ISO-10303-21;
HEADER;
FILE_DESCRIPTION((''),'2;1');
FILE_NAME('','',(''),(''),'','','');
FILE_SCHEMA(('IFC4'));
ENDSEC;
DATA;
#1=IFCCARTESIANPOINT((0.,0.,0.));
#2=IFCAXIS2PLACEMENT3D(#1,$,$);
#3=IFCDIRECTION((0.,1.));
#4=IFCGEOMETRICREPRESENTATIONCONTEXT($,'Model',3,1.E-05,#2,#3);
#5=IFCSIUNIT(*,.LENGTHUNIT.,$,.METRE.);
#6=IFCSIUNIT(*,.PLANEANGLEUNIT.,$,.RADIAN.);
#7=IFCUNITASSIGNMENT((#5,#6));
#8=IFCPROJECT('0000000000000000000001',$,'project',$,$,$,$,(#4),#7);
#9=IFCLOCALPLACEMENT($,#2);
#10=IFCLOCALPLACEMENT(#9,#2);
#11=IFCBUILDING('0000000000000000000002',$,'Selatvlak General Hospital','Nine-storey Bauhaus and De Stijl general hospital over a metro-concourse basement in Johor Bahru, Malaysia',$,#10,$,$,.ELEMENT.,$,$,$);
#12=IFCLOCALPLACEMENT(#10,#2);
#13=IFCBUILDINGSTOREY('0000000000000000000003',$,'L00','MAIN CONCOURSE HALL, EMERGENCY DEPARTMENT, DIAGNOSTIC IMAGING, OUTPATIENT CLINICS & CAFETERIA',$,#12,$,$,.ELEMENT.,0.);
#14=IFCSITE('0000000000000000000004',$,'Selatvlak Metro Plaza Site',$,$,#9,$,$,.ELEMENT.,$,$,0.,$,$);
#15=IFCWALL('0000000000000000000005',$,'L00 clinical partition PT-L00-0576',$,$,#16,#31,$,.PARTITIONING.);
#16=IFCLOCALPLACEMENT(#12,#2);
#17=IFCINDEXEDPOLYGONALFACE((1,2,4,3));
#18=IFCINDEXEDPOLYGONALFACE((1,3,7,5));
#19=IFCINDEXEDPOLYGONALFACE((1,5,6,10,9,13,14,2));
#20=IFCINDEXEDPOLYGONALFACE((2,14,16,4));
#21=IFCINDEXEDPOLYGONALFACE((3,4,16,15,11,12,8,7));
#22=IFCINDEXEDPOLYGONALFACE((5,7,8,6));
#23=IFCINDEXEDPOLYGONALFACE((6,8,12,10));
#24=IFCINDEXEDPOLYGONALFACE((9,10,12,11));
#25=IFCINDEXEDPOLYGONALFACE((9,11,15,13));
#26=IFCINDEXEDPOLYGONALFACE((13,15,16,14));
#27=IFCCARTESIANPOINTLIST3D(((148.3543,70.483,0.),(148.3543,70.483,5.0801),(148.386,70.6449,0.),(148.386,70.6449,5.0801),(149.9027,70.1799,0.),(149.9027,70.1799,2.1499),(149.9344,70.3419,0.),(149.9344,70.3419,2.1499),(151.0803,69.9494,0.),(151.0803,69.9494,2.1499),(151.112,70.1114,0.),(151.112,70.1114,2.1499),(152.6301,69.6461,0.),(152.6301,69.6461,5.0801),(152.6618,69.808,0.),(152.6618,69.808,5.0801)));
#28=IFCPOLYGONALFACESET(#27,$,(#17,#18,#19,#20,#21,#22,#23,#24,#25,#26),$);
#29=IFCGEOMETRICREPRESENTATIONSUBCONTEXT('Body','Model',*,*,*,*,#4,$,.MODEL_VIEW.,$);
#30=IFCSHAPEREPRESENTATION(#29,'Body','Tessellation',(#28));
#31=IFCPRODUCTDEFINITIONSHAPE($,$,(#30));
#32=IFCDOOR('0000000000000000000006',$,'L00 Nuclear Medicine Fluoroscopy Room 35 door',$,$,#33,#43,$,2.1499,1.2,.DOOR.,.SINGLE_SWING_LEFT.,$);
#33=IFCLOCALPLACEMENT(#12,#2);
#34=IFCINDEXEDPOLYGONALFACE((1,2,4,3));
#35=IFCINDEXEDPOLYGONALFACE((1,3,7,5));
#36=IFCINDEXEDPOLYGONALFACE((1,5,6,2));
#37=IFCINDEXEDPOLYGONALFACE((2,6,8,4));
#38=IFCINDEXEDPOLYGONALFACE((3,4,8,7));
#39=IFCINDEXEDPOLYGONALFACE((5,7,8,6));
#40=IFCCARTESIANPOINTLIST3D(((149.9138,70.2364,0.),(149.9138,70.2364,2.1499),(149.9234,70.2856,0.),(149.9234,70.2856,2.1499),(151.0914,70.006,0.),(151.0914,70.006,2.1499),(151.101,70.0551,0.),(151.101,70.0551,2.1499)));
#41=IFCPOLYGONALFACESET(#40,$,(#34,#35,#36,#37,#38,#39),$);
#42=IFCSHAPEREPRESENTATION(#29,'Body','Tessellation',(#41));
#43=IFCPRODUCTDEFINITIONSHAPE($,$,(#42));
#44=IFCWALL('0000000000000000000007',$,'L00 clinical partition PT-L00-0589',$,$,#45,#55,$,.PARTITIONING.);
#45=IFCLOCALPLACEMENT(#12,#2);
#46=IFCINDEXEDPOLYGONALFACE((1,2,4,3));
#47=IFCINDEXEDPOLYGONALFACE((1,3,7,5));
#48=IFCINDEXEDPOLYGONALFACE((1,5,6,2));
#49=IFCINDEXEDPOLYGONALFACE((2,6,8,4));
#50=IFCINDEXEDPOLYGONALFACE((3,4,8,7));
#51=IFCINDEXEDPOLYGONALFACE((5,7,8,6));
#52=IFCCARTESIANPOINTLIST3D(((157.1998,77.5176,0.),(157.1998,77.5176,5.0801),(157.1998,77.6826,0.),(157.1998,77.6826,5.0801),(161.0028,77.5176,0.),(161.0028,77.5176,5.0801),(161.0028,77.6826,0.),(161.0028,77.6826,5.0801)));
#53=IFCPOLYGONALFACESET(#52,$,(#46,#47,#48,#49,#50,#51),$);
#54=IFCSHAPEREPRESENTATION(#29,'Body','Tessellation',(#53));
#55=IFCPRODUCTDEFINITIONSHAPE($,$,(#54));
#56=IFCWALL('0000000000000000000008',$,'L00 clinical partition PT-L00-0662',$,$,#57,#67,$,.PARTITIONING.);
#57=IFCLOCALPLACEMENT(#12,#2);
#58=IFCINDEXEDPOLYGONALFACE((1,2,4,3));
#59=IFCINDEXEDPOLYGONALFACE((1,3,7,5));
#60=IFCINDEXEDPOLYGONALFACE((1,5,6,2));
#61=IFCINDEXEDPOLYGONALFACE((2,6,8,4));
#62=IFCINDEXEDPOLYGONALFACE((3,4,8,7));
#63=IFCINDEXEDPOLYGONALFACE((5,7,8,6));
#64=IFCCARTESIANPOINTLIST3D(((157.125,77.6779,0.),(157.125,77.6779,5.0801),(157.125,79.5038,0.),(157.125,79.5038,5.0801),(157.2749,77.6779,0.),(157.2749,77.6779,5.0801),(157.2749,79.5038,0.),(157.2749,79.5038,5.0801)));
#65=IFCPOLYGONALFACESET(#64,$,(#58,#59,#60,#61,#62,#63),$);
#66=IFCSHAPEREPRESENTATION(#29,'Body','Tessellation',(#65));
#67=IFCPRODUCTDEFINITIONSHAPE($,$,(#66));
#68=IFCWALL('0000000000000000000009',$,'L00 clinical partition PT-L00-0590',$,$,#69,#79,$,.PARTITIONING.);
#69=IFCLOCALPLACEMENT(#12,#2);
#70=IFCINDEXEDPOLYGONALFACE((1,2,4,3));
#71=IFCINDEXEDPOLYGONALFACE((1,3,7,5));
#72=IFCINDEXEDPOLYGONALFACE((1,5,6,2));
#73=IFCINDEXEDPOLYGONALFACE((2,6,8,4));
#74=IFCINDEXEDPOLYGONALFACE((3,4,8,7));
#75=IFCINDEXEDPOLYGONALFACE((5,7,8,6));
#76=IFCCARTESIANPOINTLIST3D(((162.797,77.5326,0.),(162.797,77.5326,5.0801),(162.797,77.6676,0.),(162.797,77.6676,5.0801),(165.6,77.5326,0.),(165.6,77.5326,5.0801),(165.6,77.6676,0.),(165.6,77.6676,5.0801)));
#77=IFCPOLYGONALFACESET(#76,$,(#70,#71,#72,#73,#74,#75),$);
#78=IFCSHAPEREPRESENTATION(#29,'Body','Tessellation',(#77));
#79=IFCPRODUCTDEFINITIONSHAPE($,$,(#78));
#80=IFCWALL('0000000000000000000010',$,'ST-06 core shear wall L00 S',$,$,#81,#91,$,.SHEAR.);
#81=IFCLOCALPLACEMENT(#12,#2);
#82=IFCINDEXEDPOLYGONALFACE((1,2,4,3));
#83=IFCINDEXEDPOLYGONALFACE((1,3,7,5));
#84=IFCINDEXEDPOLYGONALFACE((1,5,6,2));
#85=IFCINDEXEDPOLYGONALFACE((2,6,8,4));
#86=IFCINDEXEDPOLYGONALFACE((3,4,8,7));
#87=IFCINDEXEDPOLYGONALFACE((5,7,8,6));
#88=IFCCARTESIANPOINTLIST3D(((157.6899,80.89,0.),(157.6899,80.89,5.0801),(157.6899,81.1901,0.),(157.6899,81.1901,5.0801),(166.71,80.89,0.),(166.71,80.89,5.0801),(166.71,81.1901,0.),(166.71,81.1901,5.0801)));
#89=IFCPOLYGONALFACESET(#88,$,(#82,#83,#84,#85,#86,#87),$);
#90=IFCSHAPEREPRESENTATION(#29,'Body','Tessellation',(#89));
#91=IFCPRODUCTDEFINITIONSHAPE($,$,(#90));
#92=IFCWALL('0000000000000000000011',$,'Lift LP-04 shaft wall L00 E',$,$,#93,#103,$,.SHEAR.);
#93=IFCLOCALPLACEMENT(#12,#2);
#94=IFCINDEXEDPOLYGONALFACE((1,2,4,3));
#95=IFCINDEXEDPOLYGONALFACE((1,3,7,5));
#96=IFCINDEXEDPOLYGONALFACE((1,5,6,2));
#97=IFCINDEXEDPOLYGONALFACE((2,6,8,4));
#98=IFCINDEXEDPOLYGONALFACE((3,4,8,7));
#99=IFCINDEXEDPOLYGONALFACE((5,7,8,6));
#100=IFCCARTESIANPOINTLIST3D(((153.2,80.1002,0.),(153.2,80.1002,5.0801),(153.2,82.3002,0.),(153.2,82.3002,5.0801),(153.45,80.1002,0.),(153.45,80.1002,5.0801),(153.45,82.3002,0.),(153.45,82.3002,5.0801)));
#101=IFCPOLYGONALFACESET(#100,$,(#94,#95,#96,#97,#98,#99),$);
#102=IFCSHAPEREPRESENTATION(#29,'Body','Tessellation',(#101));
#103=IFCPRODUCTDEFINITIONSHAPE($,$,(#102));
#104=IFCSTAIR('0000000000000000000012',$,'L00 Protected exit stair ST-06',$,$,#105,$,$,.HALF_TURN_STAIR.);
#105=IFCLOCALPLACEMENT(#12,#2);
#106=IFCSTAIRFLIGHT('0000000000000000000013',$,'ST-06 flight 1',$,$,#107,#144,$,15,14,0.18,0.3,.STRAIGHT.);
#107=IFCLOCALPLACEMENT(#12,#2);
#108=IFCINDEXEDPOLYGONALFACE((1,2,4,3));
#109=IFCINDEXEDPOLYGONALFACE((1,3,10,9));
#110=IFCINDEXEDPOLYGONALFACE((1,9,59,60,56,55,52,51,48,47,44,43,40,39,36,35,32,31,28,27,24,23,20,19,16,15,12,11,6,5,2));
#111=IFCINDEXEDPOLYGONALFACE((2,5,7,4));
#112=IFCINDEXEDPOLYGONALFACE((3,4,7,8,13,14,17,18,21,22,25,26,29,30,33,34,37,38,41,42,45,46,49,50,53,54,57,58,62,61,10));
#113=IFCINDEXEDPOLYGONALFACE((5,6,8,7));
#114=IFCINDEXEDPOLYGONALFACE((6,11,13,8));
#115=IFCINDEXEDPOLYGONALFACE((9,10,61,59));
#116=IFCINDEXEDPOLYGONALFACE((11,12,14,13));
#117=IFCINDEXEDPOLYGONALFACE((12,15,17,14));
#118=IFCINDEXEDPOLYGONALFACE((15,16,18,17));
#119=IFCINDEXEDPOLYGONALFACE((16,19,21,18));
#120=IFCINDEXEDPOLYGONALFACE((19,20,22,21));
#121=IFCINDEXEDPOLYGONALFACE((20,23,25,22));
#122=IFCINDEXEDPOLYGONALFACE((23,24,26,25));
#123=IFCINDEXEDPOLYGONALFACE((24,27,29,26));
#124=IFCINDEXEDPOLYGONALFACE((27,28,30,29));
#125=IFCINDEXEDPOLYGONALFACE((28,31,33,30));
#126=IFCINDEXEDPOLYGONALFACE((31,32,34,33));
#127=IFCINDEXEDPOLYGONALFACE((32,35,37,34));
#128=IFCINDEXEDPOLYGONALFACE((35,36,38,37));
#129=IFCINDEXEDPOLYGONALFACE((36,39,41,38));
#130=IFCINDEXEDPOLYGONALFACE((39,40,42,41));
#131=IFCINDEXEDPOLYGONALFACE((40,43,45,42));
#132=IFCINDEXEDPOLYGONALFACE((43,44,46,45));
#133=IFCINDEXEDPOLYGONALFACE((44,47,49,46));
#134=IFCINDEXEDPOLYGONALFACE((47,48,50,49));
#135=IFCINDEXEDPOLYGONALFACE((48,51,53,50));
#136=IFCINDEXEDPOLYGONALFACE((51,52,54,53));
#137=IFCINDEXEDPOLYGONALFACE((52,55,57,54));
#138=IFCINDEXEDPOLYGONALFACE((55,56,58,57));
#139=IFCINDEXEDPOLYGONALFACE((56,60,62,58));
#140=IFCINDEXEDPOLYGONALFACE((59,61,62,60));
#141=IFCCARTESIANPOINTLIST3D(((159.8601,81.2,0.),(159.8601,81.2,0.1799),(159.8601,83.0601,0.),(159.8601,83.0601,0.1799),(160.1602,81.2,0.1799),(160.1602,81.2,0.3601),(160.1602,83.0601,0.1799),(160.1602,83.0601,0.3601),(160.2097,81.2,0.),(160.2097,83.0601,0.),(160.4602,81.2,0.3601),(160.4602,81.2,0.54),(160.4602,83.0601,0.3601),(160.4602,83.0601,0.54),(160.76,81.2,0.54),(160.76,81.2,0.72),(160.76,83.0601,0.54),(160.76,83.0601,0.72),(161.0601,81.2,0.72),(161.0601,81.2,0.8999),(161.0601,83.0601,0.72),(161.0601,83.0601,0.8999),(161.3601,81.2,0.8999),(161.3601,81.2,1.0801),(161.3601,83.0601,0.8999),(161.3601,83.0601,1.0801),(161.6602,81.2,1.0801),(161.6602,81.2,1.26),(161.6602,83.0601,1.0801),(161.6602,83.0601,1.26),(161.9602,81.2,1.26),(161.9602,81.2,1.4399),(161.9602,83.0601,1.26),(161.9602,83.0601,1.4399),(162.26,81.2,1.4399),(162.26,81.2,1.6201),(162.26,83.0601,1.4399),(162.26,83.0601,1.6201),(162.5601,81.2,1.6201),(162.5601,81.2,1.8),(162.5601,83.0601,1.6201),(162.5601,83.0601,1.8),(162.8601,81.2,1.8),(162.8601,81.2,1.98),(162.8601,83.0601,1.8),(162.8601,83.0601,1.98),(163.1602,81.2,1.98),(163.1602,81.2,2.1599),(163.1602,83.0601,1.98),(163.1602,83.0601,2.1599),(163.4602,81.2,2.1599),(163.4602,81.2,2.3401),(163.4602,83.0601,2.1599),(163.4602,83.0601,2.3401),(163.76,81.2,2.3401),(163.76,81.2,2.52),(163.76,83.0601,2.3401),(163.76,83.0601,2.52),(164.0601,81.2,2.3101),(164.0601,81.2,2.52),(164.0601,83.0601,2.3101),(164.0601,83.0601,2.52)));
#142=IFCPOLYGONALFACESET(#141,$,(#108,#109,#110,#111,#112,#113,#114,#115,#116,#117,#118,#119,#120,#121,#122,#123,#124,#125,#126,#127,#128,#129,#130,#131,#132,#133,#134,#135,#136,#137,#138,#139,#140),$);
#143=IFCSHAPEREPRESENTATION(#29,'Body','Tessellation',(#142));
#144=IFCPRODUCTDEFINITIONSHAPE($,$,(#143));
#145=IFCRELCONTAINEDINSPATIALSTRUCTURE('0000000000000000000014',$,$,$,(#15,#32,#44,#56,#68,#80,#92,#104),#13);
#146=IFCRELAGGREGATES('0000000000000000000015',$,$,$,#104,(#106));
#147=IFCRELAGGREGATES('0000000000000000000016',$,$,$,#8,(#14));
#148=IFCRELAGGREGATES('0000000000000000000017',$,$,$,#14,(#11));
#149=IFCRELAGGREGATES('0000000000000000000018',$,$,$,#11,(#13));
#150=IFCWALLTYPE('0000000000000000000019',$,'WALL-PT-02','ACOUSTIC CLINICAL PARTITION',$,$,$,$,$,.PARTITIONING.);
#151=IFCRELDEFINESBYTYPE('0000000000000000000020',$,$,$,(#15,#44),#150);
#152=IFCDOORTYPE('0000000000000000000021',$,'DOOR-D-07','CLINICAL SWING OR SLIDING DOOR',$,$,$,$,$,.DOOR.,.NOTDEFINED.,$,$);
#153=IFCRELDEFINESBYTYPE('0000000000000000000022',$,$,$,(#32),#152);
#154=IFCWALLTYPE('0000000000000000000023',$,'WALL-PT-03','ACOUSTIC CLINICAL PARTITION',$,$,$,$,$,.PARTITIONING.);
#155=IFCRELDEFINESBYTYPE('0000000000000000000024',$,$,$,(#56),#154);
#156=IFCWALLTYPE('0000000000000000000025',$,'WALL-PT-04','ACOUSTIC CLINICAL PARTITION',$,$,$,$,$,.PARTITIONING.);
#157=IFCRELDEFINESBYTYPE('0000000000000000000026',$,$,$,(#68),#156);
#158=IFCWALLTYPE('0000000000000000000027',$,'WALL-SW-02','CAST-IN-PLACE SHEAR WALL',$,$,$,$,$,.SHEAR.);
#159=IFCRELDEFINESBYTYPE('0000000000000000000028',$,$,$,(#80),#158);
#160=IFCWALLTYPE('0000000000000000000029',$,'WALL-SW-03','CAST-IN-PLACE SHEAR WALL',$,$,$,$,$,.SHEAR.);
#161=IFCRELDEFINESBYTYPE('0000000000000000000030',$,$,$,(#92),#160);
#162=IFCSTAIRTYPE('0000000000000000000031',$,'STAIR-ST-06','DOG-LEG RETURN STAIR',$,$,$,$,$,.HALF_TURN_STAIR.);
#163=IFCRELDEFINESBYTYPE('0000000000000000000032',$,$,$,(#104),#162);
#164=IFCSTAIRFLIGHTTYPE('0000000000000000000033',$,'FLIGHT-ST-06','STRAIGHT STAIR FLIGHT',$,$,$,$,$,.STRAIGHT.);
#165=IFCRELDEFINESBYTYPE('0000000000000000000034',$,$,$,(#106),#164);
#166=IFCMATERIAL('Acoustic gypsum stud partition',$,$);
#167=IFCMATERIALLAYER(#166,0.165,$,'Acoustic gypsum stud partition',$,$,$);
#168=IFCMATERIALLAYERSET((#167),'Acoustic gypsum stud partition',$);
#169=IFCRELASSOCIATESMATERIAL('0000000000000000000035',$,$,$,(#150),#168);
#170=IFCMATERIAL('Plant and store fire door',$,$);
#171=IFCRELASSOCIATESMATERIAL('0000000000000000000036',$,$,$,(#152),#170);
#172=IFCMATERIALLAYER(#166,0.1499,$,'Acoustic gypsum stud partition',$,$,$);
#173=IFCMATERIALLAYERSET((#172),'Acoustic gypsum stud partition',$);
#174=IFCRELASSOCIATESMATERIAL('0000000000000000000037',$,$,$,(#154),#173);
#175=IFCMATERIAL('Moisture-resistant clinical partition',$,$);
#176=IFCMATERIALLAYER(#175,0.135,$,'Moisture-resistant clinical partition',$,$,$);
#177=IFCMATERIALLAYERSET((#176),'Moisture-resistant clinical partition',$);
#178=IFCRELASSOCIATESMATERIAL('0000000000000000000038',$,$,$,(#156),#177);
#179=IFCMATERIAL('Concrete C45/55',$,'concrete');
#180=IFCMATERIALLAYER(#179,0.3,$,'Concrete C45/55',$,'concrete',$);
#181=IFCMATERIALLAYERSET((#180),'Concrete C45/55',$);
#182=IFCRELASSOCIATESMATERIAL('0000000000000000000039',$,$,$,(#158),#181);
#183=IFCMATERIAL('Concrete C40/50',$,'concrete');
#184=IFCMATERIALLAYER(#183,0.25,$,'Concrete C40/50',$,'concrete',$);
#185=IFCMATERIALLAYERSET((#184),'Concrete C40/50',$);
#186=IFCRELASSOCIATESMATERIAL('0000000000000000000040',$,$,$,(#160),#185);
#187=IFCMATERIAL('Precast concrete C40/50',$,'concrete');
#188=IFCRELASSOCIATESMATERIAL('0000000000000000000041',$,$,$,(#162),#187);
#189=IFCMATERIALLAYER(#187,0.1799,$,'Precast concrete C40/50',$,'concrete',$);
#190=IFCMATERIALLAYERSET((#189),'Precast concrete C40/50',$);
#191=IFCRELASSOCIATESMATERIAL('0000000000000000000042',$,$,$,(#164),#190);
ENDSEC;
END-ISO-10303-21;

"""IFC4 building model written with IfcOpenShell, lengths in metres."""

from ifc_helpers import new_model, si_unit, direction, frame, frame_2d, origin, place, context, subcontext, project, spatial, polyline, rectangle, outline, extrude, material, layer, layer_set, type_object, element, fill, aggregate, save


model = new_model("IFC4")

# Units and contexts
model_context = context("Model", 3, precision=1e-05, world=origin(), true_north=direction((0.0, 1.0)))
body_context = subcontext(model_context, "Body", "Model", "MODEL_VIEW")
ifc_project = project(units=[si_unit("LENGTHUNIT", "METRE"), si_unit("PLANEANGLEUNIT", "RADIAN")], contexts=[model_context])

# Site, building, storey
site_placement = place(None, origin())
site = spatial("IfcSite", under=ifc_project, at=site_placement, Name="Selatvlak Metro Plaza Site", CompositionType="ELEMENT", RefElevation=0.0)
building_placement = place(site_placement, origin())
building = spatial("IfcBuilding", under=site, at=building_placement, Name="Selatvlak General Hospital", Description="Nine-storey Bauhaus and De Stijl general hospital over a metro-concourse basement in Johor Bahru, Malaysia", CompositionType="ELEMENT")
storey_placement = place(building_placement, origin())
storey = spatial("IfcBuildingStorey", under=building, at=storey_placement, Name="L00", Description="MAIN CONCOURSE HALL, EMERGENCY DEPARTMENT, DIAGNOSTIC IMAGING, OUTPATIENT CLINICS & CAFETERIA", CompositionType="ELEMENT", Elevation=0.0)

# Shared definitions
ifc_material_1 = material(Name="Concrete C40/50", Category="concrete")

# Shared definitions
ifc_material_2 = material(Name="Acoustic gypsum stud partition")

# Wall, opening, door
ifc_layer_1 = layer(ifc_material_2, 0.165, Name="Acoustic gypsum stud partition")
ifc_layer_set_1 = layer_set([ifc_layer_1], Name="Acoustic gypsum stud partition")
wall_type_1 = type_object("IfcWallType", Name="WALL-PT-02", Description="ACOUSTIC CLINICAL PARTITION", PredefinedType="PARTITIONING", material=ifc_layer_set_1)
wall_1_placement = place(storey_placement, frame((152.646, 69.7271, 0.0), z_axis=(0.0, 0.0, 1.0), x_axis=(-0.981378, 0.192084, 0.0)))
wall_1 = element("IfcWall", 1, at=wall_1_placement, inside=storey, type_object=wall_type_1, Name="L00 clinical partition PT-L00-0576", PredefinedType="PARTITIONING", context=body_context, shape_type="SweptSolid", body=[
    extrude(rectangle(XDim=4.3569, YDim=0.165, at=frame_2d((2.1785, 0.0))), origin(), (0.0, 0.0, 1.0), 5.0801),
])
opening_1_placement = place(wall_1_placement, frame((1.5791, 0.0, 0.0)))
opening_1 = element("IfcOpeningElement", 2, at=opening_1_placement, cuts=wall_1, PredefinedType="OPENING", context=body_context, shape_type="SweptSolid", body=[
    extrude(rectangle(XDim=1.2, YDim=2.1499, at=frame_2d((0.6001, 1.075))), frame((0.0, 0.0925, 0.0), z_axis=(0.0, -1.0, 0.0), x_axis=(1.0, 0.0, 0.0)), (0.0, 0.0, 1.0), 0.1851),
])
ifc_material_3 = material(Name="Plant and store fire door")
door_type_1 = type_object("IfcDoorType", Name="DOOR-D-07", Description="CLINICAL SWING OR SLIDING DOOR", OperationType="NOTDEFINED", PredefinedType="DOOR", material=ifc_material_3)
door_1_placement = place(opening_1_placement, origin())
door_1 = element("IfcDoor", 3, at=door_1_placement, inside=storey, type_object=door_type_1, Name="L00 Nuclear Medicine Fluoroscopy Room 35 door", OperationType="SINGLE_SWING_LEFT", OverallHeight=2.1499, OverallWidth=1.2, PredefinedType="DOOR", context=body_context, shape_type="SweptSolid", body=[
    extrude(rectangle(XDim=1.2, YDim=2.1499, at=frame_2d((0.6001, 1.075))), frame((0.0, 0.0249, 0.0), z_axis=(0.0, -1.0, 0.0), x_axis=(1.0, 0.0, 0.0)), (0.0, 0.0, 1.0), 0.05),
])
fill(opening_1, door_1)

# Walls
wall_2_placement = place(storey_placement, frame((157.2, 77.6001, 0.0), z_axis=(0.0, 0.0, 1.0), x_axis=(1.0, 0.0, 0.0)))
element("IfcWall", 4, at=wall_2_placement, inside=storey, type_object=wall_type_1, Name="L00 clinical partition PT-L00-0589", PredefinedType="PARTITIONING", context=body_context, shape_type="SweptSolid", body=[
    extrude(rectangle(XDim=3.803, YDim=0.165, at=frame_2d((1.9014, 0.0))), origin(), (0.0, 0.0, 1.0), 5.0801),
])
ifc_layer_2 = layer(ifc_material_2, 0.1499, Name="Acoustic gypsum stud partition")
ifc_layer_set_2 = layer_set([ifc_layer_2], Name="Acoustic gypsum stud partition")
wall_type_2 = type_object("IfcWallType", Name="WALL-PT-03", Description="ACOUSTIC CLINICAL PARTITION", PredefinedType="PARTITIONING", material=ifc_layer_set_2)
wall_3_placement = place(storey_placement, frame((157.2, 79.5039, 0.0), z_axis=(0.0, 0.0, 1.0), x_axis=(0.0, -1.0, 0.0)))
element("IfcWall", 5, at=wall_3_placement, inside=storey, type_object=wall_type_2, Name="L00 clinical partition PT-L00-0662", PredefinedType="PARTITIONING", context=body_context, shape_type="SweptSolid", body=[
    extrude(rectangle(XDim=1.8259, YDim=0.1499, at=frame_2d((0.9131, 0.0))), origin(), (0.0, 0.0, 1.0), 5.0801),
])
ifc_material_4 = material(Name="Moisture-resistant clinical partition")
ifc_layer_3 = layer(ifc_material_4, 0.135, Name="Moisture-resistant clinical partition")
ifc_layer_set_3 = layer_set([ifc_layer_3], Name="Moisture-resistant clinical partition")
wall_type_3 = type_object("IfcWallType", Name="WALL-PT-04", Description="ACOUSTIC CLINICAL PARTITION", PredefinedType="PARTITIONING", material=ifc_layer_set_3)
wall_4_placement = place(storey_placement, frame((162.7971, 77.6001, 0.0), z_axis=(0.0, 0.0, 1.0), x_axis=(1.0, 0.0, 0.0)))
element("IfcWall", 6, at=wall_4_placement, inside=storey, type_object=wall_type_3, Name="L00 clinical partition PT-L00-0590", PredefinedType="PARTITIONING", context=body_context, shape_type="SweptSolid", body=[
    extrude(rectangle(XDim=2.803, YDim=0.135, at=frame_2d((1.4014, 0.0))), origin(), (0.0, 0.0, 1.0), 5.0801),
])
ifc_material_5 = material(Name="Concrete C45/55", Category="concrete")
ifc_layer_4 = layer(ifc_material_5, 0.3, Name="Concrete C45/55", Category="concrete")
ifc_layer_set_4 = layer_set([ifc_layer_4], Name="Concrete C45/55")
wall_type_4 = type_object("IfcWallType", Name="WALL-SW-02", Description="CAST-IN-PLACE SHEAR WALL", PredefinedType="SHEAR", material=ifc_layer_set_4)
wall_5_placement = place(storey_placement, frame((157.6899, 81.04, 0.0), z_axis=(0.0, 0.0, 1.0), x_axis=(1.0, 0.0, 0.0)))
element("IfcWall", 7, at=wall_5_placement, inside=storey, type_object=wall_type_4, Name="ST-06 core shear wall L00 S", PredefinedType="SHEAR", context=body_context, shape_type="SweptSolid", body=[
    extrude(rectangle(XDim=9.02, YDim=0.3, at=frame_2d((4.51, 0.0))), origin(), (0.0, 0.0, 1.0), 5.0801),
])
ifc_layer_5 = layer(ifc_material_1, 0.25, Name="Concrete C40/50", Category="concrete")
ifc_layer_set_5 = layer_set([ifc_layer_5], Name="Concrete C40/50")
wall_type_5 = type_object("IfcWallType", Name="WALL-SW-03", Description="CAST-IN-PLACE SHEAR WALL", PredefinedType="SHEAR", material=ifc_layer_set_5)
wall_6_placement = place(storey_placement, frame((153.325, 80.1001, 0.0), z_axis=(0.0, 0.0, 1.0), x_axis=(0.0, 1.0, 0.0)))
element("IfcWall", 8, at=wall_6_placement, inside=storey, type_object=wall_type_5, Name="Lift LP-04 shaft wall L00 E", PredefinedType="SHEAR", context=body_context, shape_type="SweptSolid", body=[
    extrude(rectangle(XDim=2.2, YDim=0.25, at=frame_2d((1.1001, 0.0))), origin(), (0.0, 0.0, 1.0), 5.0801),
])

# Stair, stair flight
ifc_material_6 = material(Name="Precast concrete C40/50", Category="concrete")
stair_type = type_object("IfcStairType", Name="STAIR-ST-06", Description="DOG-LEG RETURN STAIR", PredefinedType="HALF_TURN_STAIR", material=ifc_material_6)
stair_placement = place(storey_placement, origin())
stair = element("IfcStair", 9, at=stair_placement, inside=storey, type_object=stair_type, Name="L00 Protected exit stair ST-06", PredefinedType="HALF_TURN_STAIR")
ifc_layer_6 = layer(ifc_material_6, 0.1799, Name="Precast concrete C40/50", Category="concrete")
ifc_layer_set_6 = layer_set([ifc_layer_6], Name="Precast concrete C40/50")
stair_flight_type = type_object("IfcStairFlightType", Name="FLIGHT-ST-06", Description="STRAIGHT STAIR FLIGHT", PredefinedType="STRAIGHT", material=ifc_layer_set_6)
stair_flight_placement = place(storey_placement, frame((159.8601, 82.1299, 0.0), z_axis=(0.0, 0.0, 1.0), x_axis=(1.0, 0.0, 0.0)))
stair_flight = element("IfcStairFlight", 10, at=stair_flight_placement, type_object=stair_flight_type, Name="ST-06 flight 1", NumberOfRisers=15, NumberOfTreads=14, PredefinedType="STRAIGHT", RiserHeight=0.18, TreadLength=0.3, context=body_context, shape_type="SweptSolid", body=[
    extrude(outline(polyline([(0.0, 0.0), (0.0, 0.1799), (0.3, 0.1799), (0.3, 0.3601), (0.6001, 0.3601), (0.6001, 0.54), (0.8999, 0.54), (0.8999, 0.72), (1.2, 0.72), (1.2, 0.8999), (1.5, 0.8999), (1.5, 1.0801), (1.8, 1.0801), (1.8, 1.26), (2.1001, 1.26), (2.1001, 1.4399), (2.3999, 1.4399), (2.3999, 1.6201), (2.7, 1.6201), (2.7, 1.8), (3.0, 1.8), (3.0, 1.98), (3.3, 1.98), (3.3, 2.1599), (3.6001, 2.1599), (3.6001, 2.3401), (3.8999, 2.3401), (3.8999, 2.52), (4.2, 2.52), (4.2, 2.7), (4.2, 2.3101), (0.3496, 0.0), (0.0, 0.0)])), frame((0.0, 0.9302, 0.0), z_axis=(0.0, -1.0, 0.0), x_axis=(1.0, 0.0, 0.0)), (0.0, 0.0, 1.0), 1.8601),
])
aggregate(stair, [stair_flight])

save(model, "model.ifc")
